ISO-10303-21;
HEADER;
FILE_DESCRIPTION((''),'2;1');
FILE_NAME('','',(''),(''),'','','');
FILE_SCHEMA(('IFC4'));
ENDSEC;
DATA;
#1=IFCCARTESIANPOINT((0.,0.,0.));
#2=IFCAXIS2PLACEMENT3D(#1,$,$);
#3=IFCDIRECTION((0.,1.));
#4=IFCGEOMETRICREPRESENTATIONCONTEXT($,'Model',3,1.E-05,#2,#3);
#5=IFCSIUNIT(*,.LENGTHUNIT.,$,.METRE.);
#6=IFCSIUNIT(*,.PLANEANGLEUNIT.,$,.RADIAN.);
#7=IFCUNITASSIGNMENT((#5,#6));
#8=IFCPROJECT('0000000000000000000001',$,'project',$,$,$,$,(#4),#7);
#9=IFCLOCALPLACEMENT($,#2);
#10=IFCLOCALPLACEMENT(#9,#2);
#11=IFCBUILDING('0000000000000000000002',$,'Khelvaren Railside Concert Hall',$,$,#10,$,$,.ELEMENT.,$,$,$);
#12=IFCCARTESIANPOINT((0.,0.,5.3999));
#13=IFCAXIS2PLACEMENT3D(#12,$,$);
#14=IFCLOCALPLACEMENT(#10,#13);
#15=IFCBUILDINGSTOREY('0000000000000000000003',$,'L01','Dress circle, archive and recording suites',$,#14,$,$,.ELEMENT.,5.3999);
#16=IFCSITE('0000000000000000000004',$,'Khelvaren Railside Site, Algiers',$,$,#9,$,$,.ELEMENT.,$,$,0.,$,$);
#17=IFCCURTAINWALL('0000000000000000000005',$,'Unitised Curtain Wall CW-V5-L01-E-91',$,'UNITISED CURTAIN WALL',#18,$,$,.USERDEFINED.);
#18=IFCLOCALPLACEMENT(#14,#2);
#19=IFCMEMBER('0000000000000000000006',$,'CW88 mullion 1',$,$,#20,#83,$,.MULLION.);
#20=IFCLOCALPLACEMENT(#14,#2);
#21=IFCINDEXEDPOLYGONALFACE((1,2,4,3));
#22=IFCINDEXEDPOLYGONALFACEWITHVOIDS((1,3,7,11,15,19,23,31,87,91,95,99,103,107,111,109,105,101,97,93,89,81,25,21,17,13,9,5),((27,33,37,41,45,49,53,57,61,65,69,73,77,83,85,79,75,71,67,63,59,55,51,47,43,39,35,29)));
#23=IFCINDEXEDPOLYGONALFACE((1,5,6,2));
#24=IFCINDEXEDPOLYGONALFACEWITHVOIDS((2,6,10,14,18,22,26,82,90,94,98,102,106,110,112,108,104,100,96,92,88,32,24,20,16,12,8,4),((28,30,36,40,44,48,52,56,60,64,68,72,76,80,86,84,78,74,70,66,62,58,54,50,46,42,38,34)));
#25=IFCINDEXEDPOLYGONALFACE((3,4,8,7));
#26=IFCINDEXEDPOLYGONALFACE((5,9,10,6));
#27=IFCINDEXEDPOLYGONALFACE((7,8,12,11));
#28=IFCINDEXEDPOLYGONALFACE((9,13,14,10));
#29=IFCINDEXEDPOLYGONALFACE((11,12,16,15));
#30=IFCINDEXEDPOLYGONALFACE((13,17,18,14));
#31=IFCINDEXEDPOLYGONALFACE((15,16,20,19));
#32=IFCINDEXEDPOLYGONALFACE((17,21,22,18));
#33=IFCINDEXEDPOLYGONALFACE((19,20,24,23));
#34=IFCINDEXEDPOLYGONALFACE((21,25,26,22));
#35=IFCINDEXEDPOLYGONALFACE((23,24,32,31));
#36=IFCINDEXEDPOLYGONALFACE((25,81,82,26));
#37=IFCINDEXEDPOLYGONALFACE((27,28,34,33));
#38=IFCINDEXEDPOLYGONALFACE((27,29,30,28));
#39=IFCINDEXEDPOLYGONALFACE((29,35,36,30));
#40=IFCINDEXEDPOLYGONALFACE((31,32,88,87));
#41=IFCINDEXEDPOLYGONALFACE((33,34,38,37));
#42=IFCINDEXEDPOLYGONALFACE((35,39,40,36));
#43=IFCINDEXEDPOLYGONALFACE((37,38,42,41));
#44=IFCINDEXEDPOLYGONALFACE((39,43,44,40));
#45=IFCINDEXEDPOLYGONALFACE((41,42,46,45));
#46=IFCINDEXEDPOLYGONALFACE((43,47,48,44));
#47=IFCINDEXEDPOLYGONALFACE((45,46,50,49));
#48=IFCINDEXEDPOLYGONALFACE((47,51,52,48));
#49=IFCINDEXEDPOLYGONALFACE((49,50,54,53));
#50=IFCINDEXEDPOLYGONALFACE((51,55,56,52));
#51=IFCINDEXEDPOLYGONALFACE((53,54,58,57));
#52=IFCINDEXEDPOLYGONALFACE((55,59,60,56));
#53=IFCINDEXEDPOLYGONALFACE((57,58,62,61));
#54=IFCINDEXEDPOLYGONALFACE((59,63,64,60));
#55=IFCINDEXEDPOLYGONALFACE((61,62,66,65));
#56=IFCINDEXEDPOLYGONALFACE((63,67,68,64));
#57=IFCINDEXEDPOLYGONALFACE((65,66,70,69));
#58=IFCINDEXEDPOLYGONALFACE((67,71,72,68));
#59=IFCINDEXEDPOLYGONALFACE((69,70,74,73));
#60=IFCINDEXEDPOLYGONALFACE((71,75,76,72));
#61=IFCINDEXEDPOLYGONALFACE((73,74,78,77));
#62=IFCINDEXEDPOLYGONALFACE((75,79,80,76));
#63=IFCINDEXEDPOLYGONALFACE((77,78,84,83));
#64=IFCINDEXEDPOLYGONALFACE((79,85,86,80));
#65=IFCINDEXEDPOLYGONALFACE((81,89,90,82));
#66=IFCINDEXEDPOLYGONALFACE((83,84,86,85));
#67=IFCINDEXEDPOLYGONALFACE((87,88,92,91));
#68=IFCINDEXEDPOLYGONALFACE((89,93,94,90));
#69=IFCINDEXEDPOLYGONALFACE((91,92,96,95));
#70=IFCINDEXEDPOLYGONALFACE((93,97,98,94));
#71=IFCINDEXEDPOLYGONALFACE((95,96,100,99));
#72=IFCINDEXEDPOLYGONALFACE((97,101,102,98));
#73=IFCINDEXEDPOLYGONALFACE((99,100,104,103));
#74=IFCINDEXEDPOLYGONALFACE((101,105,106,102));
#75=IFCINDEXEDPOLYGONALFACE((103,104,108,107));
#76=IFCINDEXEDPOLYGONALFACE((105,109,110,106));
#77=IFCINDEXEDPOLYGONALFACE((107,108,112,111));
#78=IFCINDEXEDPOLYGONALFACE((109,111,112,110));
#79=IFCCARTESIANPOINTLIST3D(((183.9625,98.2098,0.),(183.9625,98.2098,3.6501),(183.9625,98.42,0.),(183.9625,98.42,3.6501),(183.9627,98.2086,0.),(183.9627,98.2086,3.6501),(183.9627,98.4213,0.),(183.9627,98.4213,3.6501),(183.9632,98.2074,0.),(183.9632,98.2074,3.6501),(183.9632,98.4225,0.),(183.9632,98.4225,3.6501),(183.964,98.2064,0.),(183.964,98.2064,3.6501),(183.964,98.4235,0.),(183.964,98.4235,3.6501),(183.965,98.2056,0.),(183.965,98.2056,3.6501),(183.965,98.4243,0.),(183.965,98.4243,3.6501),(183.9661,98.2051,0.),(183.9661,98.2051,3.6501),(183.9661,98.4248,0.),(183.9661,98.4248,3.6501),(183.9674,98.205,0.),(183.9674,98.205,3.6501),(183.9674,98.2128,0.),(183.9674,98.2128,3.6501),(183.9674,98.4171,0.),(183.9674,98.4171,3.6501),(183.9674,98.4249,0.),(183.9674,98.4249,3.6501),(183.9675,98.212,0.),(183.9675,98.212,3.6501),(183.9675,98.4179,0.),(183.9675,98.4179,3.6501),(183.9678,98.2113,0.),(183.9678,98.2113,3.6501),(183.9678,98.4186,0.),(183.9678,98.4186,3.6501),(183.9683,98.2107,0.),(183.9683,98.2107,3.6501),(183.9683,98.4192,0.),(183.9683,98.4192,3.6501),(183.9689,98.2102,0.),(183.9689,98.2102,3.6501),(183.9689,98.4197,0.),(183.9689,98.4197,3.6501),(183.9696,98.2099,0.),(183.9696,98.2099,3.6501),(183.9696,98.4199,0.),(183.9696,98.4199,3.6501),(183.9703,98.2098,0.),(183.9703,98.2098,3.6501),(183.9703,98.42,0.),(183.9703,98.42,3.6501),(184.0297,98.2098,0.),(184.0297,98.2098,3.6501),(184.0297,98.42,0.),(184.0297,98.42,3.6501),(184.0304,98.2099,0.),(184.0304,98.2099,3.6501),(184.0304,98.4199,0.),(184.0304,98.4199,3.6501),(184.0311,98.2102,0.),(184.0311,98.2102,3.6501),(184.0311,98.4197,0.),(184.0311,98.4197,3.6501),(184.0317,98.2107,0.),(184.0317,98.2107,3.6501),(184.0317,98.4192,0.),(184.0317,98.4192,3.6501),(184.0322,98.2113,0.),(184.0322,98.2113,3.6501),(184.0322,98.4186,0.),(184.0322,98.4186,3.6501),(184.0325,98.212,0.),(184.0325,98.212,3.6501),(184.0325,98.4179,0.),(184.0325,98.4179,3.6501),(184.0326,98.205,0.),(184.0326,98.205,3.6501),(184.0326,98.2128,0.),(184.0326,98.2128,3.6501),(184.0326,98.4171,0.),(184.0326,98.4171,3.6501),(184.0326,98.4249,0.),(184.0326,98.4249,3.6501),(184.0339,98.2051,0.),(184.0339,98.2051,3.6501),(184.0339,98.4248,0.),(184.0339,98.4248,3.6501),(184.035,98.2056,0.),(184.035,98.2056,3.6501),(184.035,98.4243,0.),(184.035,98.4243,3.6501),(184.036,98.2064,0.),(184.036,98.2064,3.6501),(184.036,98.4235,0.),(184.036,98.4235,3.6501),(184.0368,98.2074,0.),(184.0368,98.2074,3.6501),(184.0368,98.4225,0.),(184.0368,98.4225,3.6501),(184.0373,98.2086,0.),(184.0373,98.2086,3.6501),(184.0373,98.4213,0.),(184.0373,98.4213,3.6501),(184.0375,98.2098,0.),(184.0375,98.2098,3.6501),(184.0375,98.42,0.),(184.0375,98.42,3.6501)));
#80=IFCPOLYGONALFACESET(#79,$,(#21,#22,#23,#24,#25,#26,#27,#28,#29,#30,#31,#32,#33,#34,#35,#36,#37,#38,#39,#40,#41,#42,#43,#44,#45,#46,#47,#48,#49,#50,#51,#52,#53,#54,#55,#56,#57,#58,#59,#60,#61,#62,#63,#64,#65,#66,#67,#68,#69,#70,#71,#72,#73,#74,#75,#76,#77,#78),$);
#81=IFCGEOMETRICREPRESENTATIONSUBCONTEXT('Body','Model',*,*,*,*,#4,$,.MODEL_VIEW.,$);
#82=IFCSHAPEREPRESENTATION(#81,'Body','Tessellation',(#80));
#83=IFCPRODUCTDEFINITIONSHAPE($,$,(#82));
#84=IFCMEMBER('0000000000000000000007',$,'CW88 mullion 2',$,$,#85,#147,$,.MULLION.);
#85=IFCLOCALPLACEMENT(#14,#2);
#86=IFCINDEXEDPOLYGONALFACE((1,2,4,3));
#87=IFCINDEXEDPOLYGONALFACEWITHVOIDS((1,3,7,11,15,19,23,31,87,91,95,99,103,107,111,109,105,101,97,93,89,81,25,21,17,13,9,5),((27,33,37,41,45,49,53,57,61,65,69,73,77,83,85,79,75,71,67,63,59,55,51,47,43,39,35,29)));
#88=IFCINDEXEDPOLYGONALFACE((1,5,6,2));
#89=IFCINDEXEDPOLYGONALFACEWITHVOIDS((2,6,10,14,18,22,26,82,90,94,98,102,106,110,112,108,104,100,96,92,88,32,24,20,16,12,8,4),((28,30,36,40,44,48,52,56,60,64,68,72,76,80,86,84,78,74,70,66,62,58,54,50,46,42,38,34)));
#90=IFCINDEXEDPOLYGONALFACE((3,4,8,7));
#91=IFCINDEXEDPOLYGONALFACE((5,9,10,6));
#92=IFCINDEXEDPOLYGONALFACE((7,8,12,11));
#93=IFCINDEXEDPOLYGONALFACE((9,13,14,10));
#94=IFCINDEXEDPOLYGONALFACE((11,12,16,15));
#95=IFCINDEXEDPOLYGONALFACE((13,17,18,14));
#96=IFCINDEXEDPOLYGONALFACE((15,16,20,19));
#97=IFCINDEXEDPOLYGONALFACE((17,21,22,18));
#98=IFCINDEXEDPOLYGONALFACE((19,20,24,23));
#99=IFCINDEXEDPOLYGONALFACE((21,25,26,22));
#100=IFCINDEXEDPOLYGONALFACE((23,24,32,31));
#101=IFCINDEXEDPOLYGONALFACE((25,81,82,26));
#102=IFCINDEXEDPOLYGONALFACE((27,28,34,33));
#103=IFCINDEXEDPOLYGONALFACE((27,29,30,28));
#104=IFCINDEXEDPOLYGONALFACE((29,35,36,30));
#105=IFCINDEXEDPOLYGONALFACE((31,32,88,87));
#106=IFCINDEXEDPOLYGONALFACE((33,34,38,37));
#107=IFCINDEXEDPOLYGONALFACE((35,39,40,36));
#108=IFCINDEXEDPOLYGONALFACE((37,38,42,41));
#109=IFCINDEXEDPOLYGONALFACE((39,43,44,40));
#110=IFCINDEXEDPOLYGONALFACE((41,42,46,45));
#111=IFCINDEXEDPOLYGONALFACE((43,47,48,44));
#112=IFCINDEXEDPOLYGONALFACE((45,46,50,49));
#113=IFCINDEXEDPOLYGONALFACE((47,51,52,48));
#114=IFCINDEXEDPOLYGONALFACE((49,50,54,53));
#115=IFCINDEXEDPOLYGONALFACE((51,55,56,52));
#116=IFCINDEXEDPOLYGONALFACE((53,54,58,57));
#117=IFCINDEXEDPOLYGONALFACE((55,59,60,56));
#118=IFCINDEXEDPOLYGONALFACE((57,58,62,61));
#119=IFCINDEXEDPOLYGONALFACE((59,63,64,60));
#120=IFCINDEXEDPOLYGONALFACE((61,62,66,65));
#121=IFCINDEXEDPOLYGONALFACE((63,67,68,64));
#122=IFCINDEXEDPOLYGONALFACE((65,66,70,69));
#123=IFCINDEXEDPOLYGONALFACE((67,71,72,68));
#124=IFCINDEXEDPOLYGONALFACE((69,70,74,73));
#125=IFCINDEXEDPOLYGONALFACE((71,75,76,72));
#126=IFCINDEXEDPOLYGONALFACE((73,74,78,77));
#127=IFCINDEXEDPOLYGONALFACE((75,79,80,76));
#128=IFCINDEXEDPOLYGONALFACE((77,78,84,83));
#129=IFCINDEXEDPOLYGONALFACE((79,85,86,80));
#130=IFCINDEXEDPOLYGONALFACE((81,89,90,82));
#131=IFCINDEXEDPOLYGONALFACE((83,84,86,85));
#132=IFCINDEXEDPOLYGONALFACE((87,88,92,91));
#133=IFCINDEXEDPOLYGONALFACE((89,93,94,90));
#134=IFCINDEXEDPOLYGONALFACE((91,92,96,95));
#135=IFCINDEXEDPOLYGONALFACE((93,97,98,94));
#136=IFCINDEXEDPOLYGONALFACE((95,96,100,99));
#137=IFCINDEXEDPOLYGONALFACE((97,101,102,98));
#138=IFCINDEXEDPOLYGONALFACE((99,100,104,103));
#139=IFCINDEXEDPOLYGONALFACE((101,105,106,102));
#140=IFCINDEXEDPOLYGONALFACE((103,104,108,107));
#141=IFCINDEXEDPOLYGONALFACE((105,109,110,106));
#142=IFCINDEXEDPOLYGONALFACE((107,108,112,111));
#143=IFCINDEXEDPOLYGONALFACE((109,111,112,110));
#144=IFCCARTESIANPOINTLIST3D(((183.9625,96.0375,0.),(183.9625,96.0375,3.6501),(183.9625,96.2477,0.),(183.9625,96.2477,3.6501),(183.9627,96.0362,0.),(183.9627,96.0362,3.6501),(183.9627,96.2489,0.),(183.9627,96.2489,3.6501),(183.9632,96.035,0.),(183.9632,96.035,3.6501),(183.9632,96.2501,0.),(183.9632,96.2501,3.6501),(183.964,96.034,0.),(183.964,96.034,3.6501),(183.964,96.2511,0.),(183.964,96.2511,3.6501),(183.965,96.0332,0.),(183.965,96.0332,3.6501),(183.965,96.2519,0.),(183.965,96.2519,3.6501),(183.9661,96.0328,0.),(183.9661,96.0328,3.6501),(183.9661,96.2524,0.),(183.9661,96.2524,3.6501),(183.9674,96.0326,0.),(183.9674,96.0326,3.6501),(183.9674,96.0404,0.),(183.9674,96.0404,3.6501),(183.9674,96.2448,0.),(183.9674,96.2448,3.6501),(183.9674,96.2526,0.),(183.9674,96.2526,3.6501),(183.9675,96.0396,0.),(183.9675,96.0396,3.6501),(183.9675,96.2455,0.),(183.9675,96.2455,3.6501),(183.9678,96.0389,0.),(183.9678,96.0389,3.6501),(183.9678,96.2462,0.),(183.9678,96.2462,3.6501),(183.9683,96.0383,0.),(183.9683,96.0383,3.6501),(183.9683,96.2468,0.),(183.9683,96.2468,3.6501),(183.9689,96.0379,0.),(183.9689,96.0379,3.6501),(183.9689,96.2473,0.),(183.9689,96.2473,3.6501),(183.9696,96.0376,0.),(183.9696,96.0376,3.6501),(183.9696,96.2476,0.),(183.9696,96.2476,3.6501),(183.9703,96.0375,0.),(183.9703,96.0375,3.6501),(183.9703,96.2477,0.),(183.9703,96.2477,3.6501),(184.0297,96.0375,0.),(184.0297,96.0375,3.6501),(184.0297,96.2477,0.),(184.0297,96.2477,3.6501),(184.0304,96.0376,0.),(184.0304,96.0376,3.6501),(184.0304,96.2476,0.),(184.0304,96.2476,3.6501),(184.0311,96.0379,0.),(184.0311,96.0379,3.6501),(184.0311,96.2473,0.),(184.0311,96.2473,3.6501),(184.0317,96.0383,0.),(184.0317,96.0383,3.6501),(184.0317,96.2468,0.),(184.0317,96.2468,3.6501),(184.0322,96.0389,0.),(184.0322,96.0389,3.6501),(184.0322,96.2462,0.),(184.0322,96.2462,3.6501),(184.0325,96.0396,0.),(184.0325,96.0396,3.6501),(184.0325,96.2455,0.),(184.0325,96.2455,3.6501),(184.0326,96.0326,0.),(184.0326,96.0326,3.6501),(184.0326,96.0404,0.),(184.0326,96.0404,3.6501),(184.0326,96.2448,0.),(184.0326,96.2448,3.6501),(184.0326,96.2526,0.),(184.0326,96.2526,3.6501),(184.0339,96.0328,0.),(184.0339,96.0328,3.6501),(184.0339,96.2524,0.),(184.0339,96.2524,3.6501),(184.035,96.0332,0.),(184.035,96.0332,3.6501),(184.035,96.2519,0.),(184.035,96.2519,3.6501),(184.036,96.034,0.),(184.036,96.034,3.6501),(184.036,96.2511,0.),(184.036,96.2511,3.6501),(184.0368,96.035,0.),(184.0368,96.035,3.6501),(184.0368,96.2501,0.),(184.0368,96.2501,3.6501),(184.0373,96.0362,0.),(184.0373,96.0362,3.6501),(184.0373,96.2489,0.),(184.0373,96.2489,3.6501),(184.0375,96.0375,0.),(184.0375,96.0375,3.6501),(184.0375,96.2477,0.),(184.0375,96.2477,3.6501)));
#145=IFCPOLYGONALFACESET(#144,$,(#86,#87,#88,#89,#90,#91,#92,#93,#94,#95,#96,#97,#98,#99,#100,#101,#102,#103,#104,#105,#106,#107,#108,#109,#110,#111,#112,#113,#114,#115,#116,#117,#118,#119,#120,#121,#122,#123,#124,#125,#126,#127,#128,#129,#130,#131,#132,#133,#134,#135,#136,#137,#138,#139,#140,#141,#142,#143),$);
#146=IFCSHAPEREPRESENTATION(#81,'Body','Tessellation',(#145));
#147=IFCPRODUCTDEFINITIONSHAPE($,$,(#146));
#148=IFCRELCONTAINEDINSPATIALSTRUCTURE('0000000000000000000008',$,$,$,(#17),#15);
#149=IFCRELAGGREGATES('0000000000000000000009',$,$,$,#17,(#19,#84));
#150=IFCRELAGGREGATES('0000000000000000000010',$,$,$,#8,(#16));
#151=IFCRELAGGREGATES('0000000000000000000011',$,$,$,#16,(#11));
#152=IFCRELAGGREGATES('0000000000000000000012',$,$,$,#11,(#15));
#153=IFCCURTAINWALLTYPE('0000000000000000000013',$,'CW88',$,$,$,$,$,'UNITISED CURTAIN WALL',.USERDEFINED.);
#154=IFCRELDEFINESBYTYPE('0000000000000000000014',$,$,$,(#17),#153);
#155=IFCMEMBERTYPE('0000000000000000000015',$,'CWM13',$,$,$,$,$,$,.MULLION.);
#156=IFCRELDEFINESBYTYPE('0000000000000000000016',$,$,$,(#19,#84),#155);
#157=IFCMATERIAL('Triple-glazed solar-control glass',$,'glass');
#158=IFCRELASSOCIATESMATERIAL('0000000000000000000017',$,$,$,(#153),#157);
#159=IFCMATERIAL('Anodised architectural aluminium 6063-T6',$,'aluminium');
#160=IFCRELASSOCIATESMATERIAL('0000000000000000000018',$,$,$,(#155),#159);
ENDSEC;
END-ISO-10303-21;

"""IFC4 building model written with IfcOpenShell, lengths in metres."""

from ifc_helpers import new_model, si_unit, direction, frame, origin, origin_2d, place, context, subcontext, project, spatial, hollow_rectangle, extrude, material, material_profile, profile_set, type_object, element, aggregate, save


model = new_model("IFC4")

# Units and contexts
model_context = context("Model", 3, precision=1e-05, world=origin(), true_north=direction((0.0, 1.0)))
body_context = subcontext(model_context, "Body", "Model", "MODEL_VIEW")
ifc_project = project(units=[si_unit("LENGTHUNIT", "METRE"), si_unit("PLANEANGLEUNIT", "RADIAN")], contexts=[model_context])

# Site, building, storey
site_placement = place(None, origin())
site = spatial("IfcSite", under=ifc_project, at=site_placement, Name="Khelvaren Railside Site, Algiers", CompositionType="ELEMENT", RefElevation=0.0)
building_placement = place(site_placement, origin())
building = spatial("IfcBuilding", under=site, at=building_placement, Name="Khelvaren Railside Concert Hall", CompositionType="ELEMENT")
storey_placement = place(building_placement, frame((0.0, 0.0, 5.3999)))
storey = spatial("IfcBuildingStorey", under=building, at=storey_placement, Name="L01", Description="Dress circle, archive and recording suites", CompositionType="ELEMENT", Elevation=5.3999)

# Curtain wall, members
ifc_material_1 = material(Name="Triple-glazed solar-control glass", Category="glass")
curtain_wall_type = type_object("IfcCurtainWallType", Name="CW88", ElementType="UNITISED CURTAIN WALL", PredefinedType="USERDEFINED", material=ifc_material_1)
curtain_wall_placement = place(storey_placement, origin())
curtain_wall = element("IfcCurtainWall", 1, at=curtain_wall_placement, inside=storey, type_object=curtain_wall_type, Name="Unitised Curtain Wall CW-V5-L01-E-91", ObjectType="UNITISED CURTAIN WALL", PredefinedType="USERDEFINED")
ifc_material_2 = material(Name="Anodised architectural aluminium 6063-T6", Category="aluminium")
ifc_material_profile_1 = material_profile(ifc_material_2, hollow_rectangle(XDim=0.075, YDim=0.22, WallThickness=0.0049, InnerFilletRadius=0.0029, OuterFilletRadius=0.0049, at=origin_2d()), Name="CWM 75x220x5")
ifc_profile_set_1 = profile_set([ifc_material_profile_1], Name="Anodised architectural aluminium 6063-T6")
member_type_1 = type_object("IfcMemberType", Name="CWM13", PredefinedType="MULLION", material=ifc_profile_set_1)
member_1_placement = place(storey_placement, frame((184.0, 98.3149, 0.0), z_axis=(0.0, 0.0, 1.0), x_axis=(1.0, 0.0, 0.0)))
member_1 = element("IfcMember", 2, at=member_1_placement, type_object=member_type_1, Name="CW88 mullion 1", PredefinedType="MULLION", context=body_context, shape_type="SweptSolid", body=[
    extrude(hollow_rectangle(XDim=0.075, YDim=0.22, WallThickness=0.0049, InnerFilletRadius=0.0029, OuterFilletRadius=0.0049, at=origin_2d()), origin(), (0.0, 0.0, 1.0), 3.6501),
])
member_2_placement = place(storey_placement, frame((184.0, 96.1426, 0.0), z_axis=(0.0, 0.0, 1.0), x_axis=(1.0, 0.0, 0.0)))
member_2 = element("IfcMember", 3, at=member_2_placement, type_object=member_type_1, Name="CW88 mullion 2", PredefinedType="MULLION", context=body_context, shape_type="SweptSolid", body=[
    extrude(hollow_rectangle(XDim=0.075, YDim=0.22, WallThickness=0.0049, InnerFilletRadius=0.0029, OuterFilletRadius=0.0049, at=origin_2d()), origin(), (0.0, 0.0, 1.0), 3.6501),
])

aggregate(curtain_wall, [member_1, member_2])

save(model, "model.ifc")
